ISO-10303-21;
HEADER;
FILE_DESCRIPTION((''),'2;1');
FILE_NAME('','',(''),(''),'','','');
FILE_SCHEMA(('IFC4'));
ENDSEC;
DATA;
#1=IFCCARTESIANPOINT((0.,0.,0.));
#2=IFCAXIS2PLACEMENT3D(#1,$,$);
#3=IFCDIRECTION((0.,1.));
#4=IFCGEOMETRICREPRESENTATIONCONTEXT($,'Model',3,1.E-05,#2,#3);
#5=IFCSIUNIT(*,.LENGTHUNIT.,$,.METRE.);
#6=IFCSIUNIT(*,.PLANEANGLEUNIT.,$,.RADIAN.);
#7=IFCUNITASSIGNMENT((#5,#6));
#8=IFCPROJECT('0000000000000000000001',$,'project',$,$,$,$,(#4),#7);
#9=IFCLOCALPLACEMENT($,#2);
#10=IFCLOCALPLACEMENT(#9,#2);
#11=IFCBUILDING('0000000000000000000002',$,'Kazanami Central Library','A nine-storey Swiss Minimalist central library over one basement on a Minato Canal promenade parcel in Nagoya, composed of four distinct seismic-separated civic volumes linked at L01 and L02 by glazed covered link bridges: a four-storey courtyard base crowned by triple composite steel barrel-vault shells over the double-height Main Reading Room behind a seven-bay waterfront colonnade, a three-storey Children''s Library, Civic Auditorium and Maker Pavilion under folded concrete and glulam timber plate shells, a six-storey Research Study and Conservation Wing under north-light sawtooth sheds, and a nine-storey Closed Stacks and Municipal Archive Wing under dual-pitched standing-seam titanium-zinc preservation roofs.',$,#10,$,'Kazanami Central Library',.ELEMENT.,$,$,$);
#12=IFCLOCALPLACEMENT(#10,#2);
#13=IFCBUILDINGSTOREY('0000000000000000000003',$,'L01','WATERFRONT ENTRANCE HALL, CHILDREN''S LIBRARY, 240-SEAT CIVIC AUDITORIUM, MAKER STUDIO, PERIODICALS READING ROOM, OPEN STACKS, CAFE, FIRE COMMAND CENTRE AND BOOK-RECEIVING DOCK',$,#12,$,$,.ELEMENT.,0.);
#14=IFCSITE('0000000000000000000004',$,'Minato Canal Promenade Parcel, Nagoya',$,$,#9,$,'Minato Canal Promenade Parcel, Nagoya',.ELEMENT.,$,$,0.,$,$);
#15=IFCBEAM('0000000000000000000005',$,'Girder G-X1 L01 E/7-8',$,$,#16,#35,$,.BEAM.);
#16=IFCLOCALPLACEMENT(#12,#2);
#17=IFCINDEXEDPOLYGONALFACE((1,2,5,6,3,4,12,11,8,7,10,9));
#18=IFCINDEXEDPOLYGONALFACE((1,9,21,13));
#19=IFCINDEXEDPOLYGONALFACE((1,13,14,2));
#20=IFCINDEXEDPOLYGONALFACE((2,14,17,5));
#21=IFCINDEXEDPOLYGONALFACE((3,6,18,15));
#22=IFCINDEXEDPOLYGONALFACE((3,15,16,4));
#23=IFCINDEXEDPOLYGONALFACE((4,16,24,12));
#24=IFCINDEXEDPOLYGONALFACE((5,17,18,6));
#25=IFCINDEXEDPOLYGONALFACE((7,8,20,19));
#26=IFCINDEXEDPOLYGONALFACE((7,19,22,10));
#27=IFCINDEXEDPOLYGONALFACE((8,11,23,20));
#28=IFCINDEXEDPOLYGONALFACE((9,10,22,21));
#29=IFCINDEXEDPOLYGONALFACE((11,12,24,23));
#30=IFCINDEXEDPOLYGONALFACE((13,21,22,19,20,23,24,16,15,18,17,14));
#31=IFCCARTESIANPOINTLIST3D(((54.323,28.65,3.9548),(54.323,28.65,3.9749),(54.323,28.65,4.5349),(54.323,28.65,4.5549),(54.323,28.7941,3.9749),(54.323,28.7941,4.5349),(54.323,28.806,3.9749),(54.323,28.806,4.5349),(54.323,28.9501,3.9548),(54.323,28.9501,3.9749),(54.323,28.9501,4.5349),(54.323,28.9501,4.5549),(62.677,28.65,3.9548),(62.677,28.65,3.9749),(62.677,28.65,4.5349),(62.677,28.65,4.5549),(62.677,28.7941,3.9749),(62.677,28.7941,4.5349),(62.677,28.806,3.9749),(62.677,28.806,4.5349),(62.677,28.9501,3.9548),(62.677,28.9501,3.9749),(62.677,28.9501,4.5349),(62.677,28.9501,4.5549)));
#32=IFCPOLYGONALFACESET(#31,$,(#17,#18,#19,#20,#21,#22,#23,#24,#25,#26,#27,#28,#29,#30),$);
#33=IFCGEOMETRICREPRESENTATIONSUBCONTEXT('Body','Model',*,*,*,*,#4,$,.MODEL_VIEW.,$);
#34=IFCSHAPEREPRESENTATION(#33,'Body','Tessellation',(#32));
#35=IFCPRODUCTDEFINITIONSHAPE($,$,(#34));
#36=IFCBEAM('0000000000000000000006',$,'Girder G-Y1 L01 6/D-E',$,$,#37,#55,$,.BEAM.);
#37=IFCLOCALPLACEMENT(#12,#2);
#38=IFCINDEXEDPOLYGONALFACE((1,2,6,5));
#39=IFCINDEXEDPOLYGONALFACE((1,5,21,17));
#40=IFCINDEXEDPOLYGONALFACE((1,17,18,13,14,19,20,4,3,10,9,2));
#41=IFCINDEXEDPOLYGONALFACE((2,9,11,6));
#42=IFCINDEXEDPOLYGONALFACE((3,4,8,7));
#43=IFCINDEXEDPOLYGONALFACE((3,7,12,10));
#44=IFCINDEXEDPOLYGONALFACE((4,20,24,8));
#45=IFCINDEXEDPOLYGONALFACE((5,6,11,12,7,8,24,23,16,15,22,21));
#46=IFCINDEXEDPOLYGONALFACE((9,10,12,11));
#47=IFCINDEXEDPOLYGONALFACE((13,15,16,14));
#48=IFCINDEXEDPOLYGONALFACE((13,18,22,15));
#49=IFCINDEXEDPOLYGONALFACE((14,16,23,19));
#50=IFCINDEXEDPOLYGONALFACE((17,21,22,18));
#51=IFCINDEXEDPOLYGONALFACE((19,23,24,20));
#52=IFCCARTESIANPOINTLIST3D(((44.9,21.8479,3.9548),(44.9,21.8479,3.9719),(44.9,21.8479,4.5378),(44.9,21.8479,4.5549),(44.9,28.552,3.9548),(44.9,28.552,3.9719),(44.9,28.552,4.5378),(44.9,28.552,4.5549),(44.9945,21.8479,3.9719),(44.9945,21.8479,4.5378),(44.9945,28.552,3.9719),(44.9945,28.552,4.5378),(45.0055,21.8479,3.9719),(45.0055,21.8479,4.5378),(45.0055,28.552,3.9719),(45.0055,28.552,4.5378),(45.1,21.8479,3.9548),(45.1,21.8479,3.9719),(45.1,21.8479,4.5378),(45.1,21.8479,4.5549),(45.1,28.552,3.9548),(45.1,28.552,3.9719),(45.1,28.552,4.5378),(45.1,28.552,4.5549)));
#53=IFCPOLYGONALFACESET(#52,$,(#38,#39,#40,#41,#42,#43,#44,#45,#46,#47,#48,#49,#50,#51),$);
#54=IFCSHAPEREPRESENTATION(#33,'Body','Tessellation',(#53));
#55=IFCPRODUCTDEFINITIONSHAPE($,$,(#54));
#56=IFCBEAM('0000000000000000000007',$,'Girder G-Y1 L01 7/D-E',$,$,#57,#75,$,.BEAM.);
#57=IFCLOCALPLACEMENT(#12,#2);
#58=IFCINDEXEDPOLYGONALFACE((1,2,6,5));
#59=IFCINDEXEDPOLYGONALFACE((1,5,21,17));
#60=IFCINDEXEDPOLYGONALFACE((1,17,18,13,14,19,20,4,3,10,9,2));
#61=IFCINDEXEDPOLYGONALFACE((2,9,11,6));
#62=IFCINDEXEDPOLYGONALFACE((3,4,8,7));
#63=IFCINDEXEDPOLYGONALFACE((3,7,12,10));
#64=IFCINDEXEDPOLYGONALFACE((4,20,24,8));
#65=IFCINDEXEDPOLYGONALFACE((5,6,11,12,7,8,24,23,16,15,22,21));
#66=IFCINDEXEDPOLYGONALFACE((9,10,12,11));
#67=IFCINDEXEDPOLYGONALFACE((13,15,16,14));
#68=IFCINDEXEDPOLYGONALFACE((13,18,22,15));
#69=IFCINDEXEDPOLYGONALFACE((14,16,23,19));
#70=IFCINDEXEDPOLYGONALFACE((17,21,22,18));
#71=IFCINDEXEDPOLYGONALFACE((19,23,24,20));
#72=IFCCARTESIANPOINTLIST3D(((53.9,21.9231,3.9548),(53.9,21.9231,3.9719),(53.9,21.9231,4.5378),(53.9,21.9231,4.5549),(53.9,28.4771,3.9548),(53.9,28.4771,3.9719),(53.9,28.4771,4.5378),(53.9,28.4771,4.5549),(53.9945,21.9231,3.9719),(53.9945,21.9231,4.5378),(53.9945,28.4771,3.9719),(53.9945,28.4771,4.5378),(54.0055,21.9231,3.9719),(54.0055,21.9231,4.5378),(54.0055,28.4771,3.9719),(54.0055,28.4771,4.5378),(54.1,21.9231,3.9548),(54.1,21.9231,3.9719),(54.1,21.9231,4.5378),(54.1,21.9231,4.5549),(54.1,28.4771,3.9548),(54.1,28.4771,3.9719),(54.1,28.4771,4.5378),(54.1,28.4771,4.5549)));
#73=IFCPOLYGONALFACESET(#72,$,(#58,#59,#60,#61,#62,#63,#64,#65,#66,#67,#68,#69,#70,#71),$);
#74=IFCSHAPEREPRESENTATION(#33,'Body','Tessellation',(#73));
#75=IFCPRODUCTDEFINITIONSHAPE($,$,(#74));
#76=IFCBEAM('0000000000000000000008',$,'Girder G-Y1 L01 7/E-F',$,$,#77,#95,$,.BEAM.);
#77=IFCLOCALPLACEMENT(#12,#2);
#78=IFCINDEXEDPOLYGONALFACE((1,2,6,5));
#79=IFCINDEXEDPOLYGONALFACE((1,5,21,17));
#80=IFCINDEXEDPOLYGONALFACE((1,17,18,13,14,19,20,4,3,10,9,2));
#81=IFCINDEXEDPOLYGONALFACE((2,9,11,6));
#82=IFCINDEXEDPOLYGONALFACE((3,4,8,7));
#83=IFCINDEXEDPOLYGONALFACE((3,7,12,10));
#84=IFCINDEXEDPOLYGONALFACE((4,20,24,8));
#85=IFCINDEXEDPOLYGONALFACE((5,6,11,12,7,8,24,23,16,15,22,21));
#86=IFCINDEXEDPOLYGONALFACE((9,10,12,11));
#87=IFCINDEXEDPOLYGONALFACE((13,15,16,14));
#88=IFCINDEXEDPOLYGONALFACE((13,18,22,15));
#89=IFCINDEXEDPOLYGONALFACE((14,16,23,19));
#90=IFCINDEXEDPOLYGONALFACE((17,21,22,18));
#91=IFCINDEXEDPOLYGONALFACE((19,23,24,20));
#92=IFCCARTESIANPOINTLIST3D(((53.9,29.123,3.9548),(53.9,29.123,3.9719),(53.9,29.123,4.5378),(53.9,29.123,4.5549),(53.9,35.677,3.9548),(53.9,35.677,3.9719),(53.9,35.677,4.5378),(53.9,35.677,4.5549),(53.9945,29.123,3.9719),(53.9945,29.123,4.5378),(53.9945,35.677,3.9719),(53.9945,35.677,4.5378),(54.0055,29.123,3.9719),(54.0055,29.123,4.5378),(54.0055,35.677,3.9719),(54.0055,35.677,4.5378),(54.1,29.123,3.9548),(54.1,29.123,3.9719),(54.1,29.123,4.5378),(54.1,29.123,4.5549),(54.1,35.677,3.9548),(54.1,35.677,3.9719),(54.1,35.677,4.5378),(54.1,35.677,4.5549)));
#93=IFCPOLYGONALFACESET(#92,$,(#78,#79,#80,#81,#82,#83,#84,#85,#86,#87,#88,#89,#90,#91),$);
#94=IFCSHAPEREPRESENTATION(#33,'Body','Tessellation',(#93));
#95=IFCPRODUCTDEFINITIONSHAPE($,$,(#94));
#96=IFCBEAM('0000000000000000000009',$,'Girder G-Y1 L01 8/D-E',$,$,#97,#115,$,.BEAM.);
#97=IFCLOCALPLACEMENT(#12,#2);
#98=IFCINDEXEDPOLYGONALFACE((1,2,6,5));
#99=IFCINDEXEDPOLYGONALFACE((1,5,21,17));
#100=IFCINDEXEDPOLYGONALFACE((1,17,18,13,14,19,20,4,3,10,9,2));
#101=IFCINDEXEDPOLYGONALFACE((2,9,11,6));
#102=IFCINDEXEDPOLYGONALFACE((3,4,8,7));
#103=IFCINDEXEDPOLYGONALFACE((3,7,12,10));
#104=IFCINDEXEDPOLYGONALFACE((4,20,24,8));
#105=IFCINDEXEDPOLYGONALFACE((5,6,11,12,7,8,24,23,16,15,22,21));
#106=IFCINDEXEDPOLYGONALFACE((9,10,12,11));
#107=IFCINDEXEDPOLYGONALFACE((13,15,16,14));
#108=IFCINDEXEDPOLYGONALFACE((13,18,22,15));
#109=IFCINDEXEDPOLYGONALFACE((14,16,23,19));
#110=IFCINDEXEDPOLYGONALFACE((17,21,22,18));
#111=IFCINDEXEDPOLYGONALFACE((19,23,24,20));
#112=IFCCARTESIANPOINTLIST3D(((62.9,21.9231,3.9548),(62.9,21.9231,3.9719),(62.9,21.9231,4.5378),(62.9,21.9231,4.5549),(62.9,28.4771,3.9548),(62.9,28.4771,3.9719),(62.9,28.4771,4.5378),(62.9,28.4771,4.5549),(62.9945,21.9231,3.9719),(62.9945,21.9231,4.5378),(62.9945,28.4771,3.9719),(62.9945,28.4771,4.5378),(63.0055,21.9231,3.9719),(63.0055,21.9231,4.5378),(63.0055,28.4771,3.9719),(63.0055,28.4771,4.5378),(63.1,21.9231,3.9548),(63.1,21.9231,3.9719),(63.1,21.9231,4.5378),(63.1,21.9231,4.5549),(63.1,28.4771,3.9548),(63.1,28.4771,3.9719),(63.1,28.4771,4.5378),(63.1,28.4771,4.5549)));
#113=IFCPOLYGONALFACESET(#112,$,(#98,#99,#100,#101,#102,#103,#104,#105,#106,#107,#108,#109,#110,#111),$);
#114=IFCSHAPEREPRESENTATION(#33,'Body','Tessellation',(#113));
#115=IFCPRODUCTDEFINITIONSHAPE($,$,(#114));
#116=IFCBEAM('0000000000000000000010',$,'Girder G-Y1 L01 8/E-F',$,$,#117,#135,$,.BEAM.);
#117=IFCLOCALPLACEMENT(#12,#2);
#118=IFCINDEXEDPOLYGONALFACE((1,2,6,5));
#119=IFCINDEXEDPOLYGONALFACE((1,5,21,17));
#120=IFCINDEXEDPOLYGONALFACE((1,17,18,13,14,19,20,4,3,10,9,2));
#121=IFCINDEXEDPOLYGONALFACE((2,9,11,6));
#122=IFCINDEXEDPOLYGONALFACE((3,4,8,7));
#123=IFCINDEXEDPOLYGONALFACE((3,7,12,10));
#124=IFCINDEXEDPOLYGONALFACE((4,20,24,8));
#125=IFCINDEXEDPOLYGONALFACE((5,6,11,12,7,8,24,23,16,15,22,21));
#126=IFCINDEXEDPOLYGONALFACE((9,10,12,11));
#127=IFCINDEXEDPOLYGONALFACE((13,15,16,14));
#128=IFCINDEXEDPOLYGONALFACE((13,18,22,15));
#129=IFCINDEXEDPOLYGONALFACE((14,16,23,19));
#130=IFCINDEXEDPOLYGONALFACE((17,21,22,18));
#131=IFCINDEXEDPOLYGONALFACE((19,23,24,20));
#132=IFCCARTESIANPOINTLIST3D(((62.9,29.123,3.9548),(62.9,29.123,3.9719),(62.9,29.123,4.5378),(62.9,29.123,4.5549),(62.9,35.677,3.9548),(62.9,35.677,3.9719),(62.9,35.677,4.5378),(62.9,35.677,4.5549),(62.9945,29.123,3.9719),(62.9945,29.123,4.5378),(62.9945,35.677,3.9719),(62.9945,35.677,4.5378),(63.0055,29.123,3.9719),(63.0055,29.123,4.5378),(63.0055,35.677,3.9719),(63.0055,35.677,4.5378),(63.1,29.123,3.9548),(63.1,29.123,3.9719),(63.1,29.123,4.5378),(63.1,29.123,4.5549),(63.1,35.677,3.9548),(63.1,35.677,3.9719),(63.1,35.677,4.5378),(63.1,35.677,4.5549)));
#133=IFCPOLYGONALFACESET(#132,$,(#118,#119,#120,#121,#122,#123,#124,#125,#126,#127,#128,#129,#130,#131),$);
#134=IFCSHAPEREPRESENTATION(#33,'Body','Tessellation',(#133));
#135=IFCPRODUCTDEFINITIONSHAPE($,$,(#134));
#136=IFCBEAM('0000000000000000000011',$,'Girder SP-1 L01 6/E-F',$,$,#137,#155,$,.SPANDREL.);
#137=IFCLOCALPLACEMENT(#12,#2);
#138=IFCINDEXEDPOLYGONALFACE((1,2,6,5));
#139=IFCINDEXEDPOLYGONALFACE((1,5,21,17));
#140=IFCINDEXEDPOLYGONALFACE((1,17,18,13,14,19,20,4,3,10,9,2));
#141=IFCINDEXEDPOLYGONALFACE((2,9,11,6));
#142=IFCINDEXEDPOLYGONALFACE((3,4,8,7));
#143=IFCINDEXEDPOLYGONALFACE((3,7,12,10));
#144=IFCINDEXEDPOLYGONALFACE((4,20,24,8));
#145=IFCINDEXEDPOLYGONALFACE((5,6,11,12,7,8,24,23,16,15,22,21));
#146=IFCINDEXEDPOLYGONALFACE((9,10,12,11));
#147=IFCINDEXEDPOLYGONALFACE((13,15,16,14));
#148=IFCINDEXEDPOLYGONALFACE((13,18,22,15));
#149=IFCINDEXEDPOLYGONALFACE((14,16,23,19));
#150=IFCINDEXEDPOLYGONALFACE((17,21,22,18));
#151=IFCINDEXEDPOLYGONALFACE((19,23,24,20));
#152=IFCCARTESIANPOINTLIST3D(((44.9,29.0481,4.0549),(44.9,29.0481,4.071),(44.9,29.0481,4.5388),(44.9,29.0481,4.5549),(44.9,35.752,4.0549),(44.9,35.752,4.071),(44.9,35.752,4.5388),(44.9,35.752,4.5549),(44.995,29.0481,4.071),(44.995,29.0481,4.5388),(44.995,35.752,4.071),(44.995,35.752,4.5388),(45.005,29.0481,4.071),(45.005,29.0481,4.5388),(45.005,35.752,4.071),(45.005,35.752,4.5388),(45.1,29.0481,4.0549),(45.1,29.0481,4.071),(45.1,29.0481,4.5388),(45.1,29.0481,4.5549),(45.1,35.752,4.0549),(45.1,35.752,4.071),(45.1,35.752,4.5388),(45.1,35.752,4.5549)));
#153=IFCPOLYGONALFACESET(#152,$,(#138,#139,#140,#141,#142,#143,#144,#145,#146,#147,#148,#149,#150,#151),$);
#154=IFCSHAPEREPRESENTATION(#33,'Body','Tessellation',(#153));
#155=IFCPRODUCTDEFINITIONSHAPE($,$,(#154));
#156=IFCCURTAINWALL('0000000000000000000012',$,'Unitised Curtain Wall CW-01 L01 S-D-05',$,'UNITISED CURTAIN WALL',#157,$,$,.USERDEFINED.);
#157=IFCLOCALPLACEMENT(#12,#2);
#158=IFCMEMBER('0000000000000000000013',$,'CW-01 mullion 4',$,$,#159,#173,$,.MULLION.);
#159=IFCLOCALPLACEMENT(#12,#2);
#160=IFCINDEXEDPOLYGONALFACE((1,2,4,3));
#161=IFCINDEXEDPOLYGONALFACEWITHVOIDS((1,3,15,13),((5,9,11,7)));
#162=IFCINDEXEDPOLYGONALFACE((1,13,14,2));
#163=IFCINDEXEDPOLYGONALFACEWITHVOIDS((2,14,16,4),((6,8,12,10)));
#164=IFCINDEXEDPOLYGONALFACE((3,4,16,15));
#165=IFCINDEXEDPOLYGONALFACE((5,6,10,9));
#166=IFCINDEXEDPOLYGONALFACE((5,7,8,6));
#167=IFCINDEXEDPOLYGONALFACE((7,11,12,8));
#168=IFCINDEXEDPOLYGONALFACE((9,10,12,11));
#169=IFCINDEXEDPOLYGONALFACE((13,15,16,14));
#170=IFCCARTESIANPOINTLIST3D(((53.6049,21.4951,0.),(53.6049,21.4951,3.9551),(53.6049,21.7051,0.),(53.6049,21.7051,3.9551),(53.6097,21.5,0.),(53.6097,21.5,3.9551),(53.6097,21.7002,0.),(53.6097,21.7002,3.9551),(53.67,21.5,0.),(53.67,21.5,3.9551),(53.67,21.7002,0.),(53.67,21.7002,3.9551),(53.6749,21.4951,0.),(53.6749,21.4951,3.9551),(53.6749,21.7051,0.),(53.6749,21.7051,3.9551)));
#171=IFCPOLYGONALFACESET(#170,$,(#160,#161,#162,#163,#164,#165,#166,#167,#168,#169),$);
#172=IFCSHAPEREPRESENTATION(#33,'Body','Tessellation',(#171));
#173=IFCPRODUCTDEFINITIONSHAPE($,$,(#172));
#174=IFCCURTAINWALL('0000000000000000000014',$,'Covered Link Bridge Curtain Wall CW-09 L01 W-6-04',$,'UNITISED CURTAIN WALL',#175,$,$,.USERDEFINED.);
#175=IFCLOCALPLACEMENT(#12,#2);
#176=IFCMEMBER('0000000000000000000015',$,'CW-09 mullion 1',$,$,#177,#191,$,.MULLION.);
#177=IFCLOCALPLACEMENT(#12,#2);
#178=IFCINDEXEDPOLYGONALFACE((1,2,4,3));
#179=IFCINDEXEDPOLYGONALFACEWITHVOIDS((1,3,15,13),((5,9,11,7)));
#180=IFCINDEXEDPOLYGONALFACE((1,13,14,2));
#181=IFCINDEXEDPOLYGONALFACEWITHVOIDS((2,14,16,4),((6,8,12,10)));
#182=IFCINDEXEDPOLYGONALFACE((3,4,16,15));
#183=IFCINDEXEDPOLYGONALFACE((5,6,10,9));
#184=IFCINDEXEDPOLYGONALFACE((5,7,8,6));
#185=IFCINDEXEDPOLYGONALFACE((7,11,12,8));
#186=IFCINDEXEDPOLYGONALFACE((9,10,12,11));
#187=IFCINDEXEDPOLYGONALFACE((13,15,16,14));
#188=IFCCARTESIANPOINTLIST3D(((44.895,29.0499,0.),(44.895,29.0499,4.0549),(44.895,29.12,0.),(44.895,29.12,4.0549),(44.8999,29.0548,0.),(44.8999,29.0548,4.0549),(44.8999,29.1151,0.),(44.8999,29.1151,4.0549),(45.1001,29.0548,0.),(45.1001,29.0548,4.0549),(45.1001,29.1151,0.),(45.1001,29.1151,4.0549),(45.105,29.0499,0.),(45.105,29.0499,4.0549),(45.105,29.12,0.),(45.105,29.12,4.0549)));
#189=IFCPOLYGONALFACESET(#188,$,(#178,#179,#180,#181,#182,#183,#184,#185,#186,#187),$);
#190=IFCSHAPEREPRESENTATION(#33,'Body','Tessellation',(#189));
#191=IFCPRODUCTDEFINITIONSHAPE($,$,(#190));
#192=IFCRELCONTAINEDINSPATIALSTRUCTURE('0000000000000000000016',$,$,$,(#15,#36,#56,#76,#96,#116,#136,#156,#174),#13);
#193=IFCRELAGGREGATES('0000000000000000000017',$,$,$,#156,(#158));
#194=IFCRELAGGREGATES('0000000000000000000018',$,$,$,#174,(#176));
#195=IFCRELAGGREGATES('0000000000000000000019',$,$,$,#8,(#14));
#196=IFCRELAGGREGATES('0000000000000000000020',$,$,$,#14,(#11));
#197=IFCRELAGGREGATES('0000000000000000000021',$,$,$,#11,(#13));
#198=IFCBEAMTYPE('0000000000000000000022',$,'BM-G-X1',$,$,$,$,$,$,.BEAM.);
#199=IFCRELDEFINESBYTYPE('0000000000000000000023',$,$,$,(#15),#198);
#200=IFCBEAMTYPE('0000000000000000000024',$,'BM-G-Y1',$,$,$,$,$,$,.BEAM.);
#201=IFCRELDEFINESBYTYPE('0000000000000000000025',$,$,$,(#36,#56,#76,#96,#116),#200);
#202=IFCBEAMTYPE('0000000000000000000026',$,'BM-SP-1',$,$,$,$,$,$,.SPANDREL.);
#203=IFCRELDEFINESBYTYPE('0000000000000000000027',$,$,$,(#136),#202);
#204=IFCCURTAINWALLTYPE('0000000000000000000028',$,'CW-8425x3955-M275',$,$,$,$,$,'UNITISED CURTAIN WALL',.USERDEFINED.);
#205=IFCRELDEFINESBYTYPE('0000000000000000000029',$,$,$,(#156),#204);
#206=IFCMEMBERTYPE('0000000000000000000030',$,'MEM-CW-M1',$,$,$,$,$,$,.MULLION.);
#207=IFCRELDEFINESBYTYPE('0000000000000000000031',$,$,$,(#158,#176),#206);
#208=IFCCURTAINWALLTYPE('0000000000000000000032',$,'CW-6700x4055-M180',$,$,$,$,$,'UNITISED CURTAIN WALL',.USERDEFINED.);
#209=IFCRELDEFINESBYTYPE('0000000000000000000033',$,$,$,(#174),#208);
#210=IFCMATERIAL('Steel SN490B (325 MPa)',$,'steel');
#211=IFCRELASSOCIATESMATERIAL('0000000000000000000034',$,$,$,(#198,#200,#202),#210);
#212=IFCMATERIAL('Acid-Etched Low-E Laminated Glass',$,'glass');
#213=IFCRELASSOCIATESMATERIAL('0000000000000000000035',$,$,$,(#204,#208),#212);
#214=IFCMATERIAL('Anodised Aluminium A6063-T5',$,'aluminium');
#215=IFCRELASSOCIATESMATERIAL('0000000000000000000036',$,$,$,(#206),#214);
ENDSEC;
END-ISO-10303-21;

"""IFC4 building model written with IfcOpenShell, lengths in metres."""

from ifc_helpers import new_model, si_unit, direction, frame, origin, origin_2d, place, context, subcontext, project, spatial, hollow_rectangle, i_section, extrude, material, material_profile, profile_set, type_object, element, aggregate, save


model = new_model("IFC4")

# Units and contexts
model_context = context("Model", 3, precision=1e-05, world=origin(), true_north=direction((0.0, 1.0)))
body_context = subcontext(model_context, "Body", "Model", "MODEL_VIEW")
ifc_project = project(units=[si_unit("LENGTHUNIT", "METRE"), si_unit("PLANEANGLEUNIT", "RADIAN")], contexts=[model_context])

# Site, building, storey
site_placement = place(None, origin())
site = spatial("IfcSite", under=ifc_project, at=site_placement, Name="Minato Canal Promenade Parcel, Nagoya", LongName="Minato Canal Promenade Parcel, Nagoya", CompositionType="ELEMENT", RefElevation=0.0)
building_placement = place(site_placement, origin())
building = spatial("IfcBuilding", under=site, at=building_placement, Name="Kazanami Central Library", Description="A nine-storey Swiss Minimalist central library over one basement on a Minato Canal promenade parcel in Nagoya, composed of four distinct seismic-separated civic volumes linked at L01 and L02 by glazed covered link bridges: a four-storey courtyard base crowned by triple composite steel barrel-vault shells over the double-height Main Reading Room behind a seven-bay waterfront colonnade, a three-storey Children's Library, Civic Auditorium and Maker Pavilion under folded concrete and glulam timber plate shells, a six-storey Research Study and Conservation Wing under north-light sawtooth sheds, and a nine-storey Closed Stacks and Municipal Archive Wing under dual-pitched standing-seam titanium-zinc preservation roofs.", LongName="Kazanami Central Library", CompositionType="ELEMENT")
storey_placement = place(building_placement, origin())
storey = spatial("IfcBuildingStorey", under=building, at=storey_placement, Name="L01", Description="WATERFRONT ENTRANCE HALL, CHILDREN'S LIBRARY, 240-SEAT CIVIC AUDITORIUM, MAKER STUDIO, PERIODICALS READING ROOM, OPEN STACKS, CAFE, FIRE COMMAND CENTRE AND BOOK-RECEIVING DOCK", CompositionType="ELEMENT", Elevation=0.0)

# Beams
ifc_material_1 = material(Name="Steel SN490B (325 MPa)", Category="steel")
ifc_material_profile_1 = material_profile(ifc_material_1, i_section(OverallWidth=0.3, OverallDepth=0.6001, WebThickness=0.012, FlangeThickness=0.02, at=origin_2d()), Name="H-600x300x12x20")
ifc_profile_set_1 = profile_set([ifc_material_profile_1], Name="Steel SN490B (325 MPa)")
beam_type_1 = type_object("IfcBeamType", Name="BM-G-X1", PredefinedType="BEAM", material=ifc_profile_set_1)
beam_1_placement = place(storey_placement, frame((54.323, 28.8, 4.2549), z_axis=(1.0, 0.0, 0.0), x_axis=(0.0, 1.0, 0.0)))
element("IfcBeam", 1, at=beam_1_placement, inside=storey, type_object=beam_type_1, Name="Girder G-X1 L01 E/7-8", PredefinedType="BEAM", context=body_context, shape_type="SweptSolid", body=[
    extrude(i_section(OverallWidth=0.3, OverallDepth=0.6001, WebThickness=0.012, FlangeThickness=0.02, at=origin_2d()), origin(), (0.0, 0.0, 1.0), 8.354),
])
ifc_material_profile_2 = material_profile(ifc_material_1, i_section(OverallWidth=0.2, OverallDepth=0.6001, WebThickness=0.011, FlangeThickness=0.0171, at=origin_2d()), Name="H-600x200x11x17")
ifc_profile_set_2 = profile_set([ifc_material_profile_2], Name="Steel SN490B (325 MPa)")
beam_type_2 = type_object("IfcBeamType", Name="BM-G-Y1", PredefinedType="BEAM", material=ifc_profile_set_2)
beam_2_placement = place(storey_placement, frame((45.0, 21.8479, 4.2549), z_axis=(0.0, 1.0, 0.0), x_axis=(-1.0, 0.0, 0.0)))
element("IfcBeam", 2, at=beam_2_placement, inside=storey, type_object=beam_type_2, Name="Girder G-Y1 L01 6/D-E", PredefinedType="BEAM", context=body_context, shape_type="SweptSolid", body=[
    extrude(i_section(OverallWidth=0.2, OverallDepth=0.6001, WebThickness=0.011, FlangeThickness=0.0171, at=origin_2d()), origin(), (0.0, 0.0, 1.0), 6.7041),
])
for number, where, z_axis, x_axis, name in (
    (3, (54.0, 21.9231, 4.2549), (0.0, 1.0, 0.0), (-1.0, 0.0, 0.0), "Girder G-Y1 L01 7/D-E"),
    (4, (54.0, 29.123, 4.2549), (0.0, 1.0, 0.0), (-1.0, 0.0, 0.0), "Girder G-Y1 L01 7/E-F"),
    (5, (63.0, 21.9231, 4.2549), (0.0, 1.0, 0.0), (-1.0, 0.0, 0.0), "Girder G-Y1 L01 8/D-E"),
    (6, (63.0, 29.123, 4.2549), (0.0, 1.0, 0.0), (-1.0, 0.0, 0.0), "Girder G-Y1 L01 8/E-F"),
):
    element("IfcBeam", number, at=place(storey_placement, frame(where, z_axis=z_axis, x_axis=x_axis)), inside=storey, type_object=beam_type_2, Name=name, PredefinedType="BEAM", context=body_context, shape_type="SweptSolid", body=[
        extrude(i_section(OverallWidth=0.2, OverallDepth=0.6001, WebThickness=0.011, FlangeThickness=0.0171, at=origin_2d()), origin(), (0.0, 0.0, 1.0), 6.554),
    ])
ifc_material_profile_3 = material_profile(ifc_material_1, i_section(OverallWidth=0.2, OverallDepth=0.5, WebThickness=0.01, FlangeThickness=0.0161, at=origin_2d()), Name="H-500x200x10x16")
ifc_profile_set_3 = profile_set([ifc_material_profile_3], Name="Steel SN490B (325 MPa)")
beam_type_3 = type_object("IfcBeamType", Name="BM-SP-1", PredefinedType="SPANDREL", material=ifc_profile_set_3)
beam_3_placement = place(storey_placement, frame((45.0, 29.0481, 4.3049), z_axis=(0.0, 1.0, 0.0), x_axis=(-1.0, 0.0, 0.0)))
element("IfcBeam", 7, at=beam_3_placement, inside=storey, type_object=beam_type_3, Name="Girder SP-1 L01 6/E-F", PredefinedType="SPANDREL", context=body_context, shape_type="SweptSolid", body=[
    extrude(i_section(OverallWidth=0.2, OverallDepth=0.5, WebThickness=0.01, FlangeThickness=0.0161, at=origin_2d()), origin(), (0.0, 0.0, 1.0), 6.7039),
])

# Curtain wall, member
ifc_material_2 = material(Name="Acid-Etched Low-E Laminated Glass", Category="glass")
curtain_wall_type_1 = type_object("IfcCurtainWallType", Name="CW-8425x3955-M275", ElementType="UNITISED CURTAIN WALL", PredefinedType="USERDEFINED", material=ifc_material_2)
curtain_wall_1_placement = place(storey_placement, origin())
curtain_wall_1 = element("IfcCurtainWall", 8, at=curtain_wall_1_placement, inside=storey, type_object=curtain_wall_type_1, Name="Unitised Curtain Wall CW-01 L01 S-D-05", ObjectType="UNITISED CURTAIN WALL", PredefinedType="USERDEFINED")
ifc_material_3 = material(Name="Anodised Aluminium A6063-T5", Category="aluminium")
ifc_material_profile_4 = material_profile(ifc_material_3, hollow_rectangle(XDim=0.0701, YDim=0.21, WallThickness=0.0049, at=origin_2d()), Name="ALU-MULL-70x210x5")
ifc_profile_set_4 = profile_set([ifc_material_profile_4], Name="Anodised Aluminium A6063-T5")
member_type_1 = type_object("IfcMemberType", Name="MEM-CW-M1", PredefinedType="MULLION", material=ifc_profile_set_4)
member_1_placement = place(storey_placement, frame((53.6399, 21.6001, 0.0), z_axis=(0.0, 0.0, 1.0), x_axis=(1.0, 0.0, 0.0)))
member_1 = element("IfcMember", 9, at=member_1_placement, type_object=member_type_1, Name="CW-01 mullion 4", PredefinedType="MULLION", context=body_context, shape_type="SweptSolid", body=[
    extrude(hollow_rectangle(XDim=0.0701, YDim=0.21, WallThickness=0.0049, at=origin_2d()), origin(), (0.0, 0.0, 1.0), 3.9551),
])

# Curtain wall, member
curtain_wall_type_2 = type_object("IfcCurtainWallType", Name="CW-6700x4055-M180", ElementType="UNITISED CURTAIN WALL", PredefinedType="USERDEFINED", material=ifc_material_2)
curtain_wall_2_placement = place(storey_placement, origin())
curtain_wall_2 = element("IfcCurtainWall", 10, at=curtain_wall_2_placement, inside=storey, type_object=curtain_wall_type_2, Name="Covered Link Bridge Curtain Wall CW-09 L01 W-6-04", ObjectType="UNITISED CURTAIN WALL", PredefinedType="USERDEFINED")
member_2_placement = place(storey_placement, frame((45.0, 29.085, 0.0), z_axis=(0.0, 0.0, 1.0), x_axis=(0.0, 1.0, 0.0)))
member_2 = element("IfcMember", 11, at=member_2_placement, type_object=member_type_1, Name="CW-09 mullion 1", PredefinedType="MULLION", context=body_context, shape_type="SweptSolid", body=[
    extrude(hollow_rectangle(XDim=0.0701, YDim=0.21, WallThickness=0.0049, at=origin_2d()), origin(), (0.0, 0.0, 1.0), 4.0549),
])

aggregate(curtain_wall_1, [member_1])
aggregate(curtain_wall_2, [member_2])

save(model, "model.ifc")
